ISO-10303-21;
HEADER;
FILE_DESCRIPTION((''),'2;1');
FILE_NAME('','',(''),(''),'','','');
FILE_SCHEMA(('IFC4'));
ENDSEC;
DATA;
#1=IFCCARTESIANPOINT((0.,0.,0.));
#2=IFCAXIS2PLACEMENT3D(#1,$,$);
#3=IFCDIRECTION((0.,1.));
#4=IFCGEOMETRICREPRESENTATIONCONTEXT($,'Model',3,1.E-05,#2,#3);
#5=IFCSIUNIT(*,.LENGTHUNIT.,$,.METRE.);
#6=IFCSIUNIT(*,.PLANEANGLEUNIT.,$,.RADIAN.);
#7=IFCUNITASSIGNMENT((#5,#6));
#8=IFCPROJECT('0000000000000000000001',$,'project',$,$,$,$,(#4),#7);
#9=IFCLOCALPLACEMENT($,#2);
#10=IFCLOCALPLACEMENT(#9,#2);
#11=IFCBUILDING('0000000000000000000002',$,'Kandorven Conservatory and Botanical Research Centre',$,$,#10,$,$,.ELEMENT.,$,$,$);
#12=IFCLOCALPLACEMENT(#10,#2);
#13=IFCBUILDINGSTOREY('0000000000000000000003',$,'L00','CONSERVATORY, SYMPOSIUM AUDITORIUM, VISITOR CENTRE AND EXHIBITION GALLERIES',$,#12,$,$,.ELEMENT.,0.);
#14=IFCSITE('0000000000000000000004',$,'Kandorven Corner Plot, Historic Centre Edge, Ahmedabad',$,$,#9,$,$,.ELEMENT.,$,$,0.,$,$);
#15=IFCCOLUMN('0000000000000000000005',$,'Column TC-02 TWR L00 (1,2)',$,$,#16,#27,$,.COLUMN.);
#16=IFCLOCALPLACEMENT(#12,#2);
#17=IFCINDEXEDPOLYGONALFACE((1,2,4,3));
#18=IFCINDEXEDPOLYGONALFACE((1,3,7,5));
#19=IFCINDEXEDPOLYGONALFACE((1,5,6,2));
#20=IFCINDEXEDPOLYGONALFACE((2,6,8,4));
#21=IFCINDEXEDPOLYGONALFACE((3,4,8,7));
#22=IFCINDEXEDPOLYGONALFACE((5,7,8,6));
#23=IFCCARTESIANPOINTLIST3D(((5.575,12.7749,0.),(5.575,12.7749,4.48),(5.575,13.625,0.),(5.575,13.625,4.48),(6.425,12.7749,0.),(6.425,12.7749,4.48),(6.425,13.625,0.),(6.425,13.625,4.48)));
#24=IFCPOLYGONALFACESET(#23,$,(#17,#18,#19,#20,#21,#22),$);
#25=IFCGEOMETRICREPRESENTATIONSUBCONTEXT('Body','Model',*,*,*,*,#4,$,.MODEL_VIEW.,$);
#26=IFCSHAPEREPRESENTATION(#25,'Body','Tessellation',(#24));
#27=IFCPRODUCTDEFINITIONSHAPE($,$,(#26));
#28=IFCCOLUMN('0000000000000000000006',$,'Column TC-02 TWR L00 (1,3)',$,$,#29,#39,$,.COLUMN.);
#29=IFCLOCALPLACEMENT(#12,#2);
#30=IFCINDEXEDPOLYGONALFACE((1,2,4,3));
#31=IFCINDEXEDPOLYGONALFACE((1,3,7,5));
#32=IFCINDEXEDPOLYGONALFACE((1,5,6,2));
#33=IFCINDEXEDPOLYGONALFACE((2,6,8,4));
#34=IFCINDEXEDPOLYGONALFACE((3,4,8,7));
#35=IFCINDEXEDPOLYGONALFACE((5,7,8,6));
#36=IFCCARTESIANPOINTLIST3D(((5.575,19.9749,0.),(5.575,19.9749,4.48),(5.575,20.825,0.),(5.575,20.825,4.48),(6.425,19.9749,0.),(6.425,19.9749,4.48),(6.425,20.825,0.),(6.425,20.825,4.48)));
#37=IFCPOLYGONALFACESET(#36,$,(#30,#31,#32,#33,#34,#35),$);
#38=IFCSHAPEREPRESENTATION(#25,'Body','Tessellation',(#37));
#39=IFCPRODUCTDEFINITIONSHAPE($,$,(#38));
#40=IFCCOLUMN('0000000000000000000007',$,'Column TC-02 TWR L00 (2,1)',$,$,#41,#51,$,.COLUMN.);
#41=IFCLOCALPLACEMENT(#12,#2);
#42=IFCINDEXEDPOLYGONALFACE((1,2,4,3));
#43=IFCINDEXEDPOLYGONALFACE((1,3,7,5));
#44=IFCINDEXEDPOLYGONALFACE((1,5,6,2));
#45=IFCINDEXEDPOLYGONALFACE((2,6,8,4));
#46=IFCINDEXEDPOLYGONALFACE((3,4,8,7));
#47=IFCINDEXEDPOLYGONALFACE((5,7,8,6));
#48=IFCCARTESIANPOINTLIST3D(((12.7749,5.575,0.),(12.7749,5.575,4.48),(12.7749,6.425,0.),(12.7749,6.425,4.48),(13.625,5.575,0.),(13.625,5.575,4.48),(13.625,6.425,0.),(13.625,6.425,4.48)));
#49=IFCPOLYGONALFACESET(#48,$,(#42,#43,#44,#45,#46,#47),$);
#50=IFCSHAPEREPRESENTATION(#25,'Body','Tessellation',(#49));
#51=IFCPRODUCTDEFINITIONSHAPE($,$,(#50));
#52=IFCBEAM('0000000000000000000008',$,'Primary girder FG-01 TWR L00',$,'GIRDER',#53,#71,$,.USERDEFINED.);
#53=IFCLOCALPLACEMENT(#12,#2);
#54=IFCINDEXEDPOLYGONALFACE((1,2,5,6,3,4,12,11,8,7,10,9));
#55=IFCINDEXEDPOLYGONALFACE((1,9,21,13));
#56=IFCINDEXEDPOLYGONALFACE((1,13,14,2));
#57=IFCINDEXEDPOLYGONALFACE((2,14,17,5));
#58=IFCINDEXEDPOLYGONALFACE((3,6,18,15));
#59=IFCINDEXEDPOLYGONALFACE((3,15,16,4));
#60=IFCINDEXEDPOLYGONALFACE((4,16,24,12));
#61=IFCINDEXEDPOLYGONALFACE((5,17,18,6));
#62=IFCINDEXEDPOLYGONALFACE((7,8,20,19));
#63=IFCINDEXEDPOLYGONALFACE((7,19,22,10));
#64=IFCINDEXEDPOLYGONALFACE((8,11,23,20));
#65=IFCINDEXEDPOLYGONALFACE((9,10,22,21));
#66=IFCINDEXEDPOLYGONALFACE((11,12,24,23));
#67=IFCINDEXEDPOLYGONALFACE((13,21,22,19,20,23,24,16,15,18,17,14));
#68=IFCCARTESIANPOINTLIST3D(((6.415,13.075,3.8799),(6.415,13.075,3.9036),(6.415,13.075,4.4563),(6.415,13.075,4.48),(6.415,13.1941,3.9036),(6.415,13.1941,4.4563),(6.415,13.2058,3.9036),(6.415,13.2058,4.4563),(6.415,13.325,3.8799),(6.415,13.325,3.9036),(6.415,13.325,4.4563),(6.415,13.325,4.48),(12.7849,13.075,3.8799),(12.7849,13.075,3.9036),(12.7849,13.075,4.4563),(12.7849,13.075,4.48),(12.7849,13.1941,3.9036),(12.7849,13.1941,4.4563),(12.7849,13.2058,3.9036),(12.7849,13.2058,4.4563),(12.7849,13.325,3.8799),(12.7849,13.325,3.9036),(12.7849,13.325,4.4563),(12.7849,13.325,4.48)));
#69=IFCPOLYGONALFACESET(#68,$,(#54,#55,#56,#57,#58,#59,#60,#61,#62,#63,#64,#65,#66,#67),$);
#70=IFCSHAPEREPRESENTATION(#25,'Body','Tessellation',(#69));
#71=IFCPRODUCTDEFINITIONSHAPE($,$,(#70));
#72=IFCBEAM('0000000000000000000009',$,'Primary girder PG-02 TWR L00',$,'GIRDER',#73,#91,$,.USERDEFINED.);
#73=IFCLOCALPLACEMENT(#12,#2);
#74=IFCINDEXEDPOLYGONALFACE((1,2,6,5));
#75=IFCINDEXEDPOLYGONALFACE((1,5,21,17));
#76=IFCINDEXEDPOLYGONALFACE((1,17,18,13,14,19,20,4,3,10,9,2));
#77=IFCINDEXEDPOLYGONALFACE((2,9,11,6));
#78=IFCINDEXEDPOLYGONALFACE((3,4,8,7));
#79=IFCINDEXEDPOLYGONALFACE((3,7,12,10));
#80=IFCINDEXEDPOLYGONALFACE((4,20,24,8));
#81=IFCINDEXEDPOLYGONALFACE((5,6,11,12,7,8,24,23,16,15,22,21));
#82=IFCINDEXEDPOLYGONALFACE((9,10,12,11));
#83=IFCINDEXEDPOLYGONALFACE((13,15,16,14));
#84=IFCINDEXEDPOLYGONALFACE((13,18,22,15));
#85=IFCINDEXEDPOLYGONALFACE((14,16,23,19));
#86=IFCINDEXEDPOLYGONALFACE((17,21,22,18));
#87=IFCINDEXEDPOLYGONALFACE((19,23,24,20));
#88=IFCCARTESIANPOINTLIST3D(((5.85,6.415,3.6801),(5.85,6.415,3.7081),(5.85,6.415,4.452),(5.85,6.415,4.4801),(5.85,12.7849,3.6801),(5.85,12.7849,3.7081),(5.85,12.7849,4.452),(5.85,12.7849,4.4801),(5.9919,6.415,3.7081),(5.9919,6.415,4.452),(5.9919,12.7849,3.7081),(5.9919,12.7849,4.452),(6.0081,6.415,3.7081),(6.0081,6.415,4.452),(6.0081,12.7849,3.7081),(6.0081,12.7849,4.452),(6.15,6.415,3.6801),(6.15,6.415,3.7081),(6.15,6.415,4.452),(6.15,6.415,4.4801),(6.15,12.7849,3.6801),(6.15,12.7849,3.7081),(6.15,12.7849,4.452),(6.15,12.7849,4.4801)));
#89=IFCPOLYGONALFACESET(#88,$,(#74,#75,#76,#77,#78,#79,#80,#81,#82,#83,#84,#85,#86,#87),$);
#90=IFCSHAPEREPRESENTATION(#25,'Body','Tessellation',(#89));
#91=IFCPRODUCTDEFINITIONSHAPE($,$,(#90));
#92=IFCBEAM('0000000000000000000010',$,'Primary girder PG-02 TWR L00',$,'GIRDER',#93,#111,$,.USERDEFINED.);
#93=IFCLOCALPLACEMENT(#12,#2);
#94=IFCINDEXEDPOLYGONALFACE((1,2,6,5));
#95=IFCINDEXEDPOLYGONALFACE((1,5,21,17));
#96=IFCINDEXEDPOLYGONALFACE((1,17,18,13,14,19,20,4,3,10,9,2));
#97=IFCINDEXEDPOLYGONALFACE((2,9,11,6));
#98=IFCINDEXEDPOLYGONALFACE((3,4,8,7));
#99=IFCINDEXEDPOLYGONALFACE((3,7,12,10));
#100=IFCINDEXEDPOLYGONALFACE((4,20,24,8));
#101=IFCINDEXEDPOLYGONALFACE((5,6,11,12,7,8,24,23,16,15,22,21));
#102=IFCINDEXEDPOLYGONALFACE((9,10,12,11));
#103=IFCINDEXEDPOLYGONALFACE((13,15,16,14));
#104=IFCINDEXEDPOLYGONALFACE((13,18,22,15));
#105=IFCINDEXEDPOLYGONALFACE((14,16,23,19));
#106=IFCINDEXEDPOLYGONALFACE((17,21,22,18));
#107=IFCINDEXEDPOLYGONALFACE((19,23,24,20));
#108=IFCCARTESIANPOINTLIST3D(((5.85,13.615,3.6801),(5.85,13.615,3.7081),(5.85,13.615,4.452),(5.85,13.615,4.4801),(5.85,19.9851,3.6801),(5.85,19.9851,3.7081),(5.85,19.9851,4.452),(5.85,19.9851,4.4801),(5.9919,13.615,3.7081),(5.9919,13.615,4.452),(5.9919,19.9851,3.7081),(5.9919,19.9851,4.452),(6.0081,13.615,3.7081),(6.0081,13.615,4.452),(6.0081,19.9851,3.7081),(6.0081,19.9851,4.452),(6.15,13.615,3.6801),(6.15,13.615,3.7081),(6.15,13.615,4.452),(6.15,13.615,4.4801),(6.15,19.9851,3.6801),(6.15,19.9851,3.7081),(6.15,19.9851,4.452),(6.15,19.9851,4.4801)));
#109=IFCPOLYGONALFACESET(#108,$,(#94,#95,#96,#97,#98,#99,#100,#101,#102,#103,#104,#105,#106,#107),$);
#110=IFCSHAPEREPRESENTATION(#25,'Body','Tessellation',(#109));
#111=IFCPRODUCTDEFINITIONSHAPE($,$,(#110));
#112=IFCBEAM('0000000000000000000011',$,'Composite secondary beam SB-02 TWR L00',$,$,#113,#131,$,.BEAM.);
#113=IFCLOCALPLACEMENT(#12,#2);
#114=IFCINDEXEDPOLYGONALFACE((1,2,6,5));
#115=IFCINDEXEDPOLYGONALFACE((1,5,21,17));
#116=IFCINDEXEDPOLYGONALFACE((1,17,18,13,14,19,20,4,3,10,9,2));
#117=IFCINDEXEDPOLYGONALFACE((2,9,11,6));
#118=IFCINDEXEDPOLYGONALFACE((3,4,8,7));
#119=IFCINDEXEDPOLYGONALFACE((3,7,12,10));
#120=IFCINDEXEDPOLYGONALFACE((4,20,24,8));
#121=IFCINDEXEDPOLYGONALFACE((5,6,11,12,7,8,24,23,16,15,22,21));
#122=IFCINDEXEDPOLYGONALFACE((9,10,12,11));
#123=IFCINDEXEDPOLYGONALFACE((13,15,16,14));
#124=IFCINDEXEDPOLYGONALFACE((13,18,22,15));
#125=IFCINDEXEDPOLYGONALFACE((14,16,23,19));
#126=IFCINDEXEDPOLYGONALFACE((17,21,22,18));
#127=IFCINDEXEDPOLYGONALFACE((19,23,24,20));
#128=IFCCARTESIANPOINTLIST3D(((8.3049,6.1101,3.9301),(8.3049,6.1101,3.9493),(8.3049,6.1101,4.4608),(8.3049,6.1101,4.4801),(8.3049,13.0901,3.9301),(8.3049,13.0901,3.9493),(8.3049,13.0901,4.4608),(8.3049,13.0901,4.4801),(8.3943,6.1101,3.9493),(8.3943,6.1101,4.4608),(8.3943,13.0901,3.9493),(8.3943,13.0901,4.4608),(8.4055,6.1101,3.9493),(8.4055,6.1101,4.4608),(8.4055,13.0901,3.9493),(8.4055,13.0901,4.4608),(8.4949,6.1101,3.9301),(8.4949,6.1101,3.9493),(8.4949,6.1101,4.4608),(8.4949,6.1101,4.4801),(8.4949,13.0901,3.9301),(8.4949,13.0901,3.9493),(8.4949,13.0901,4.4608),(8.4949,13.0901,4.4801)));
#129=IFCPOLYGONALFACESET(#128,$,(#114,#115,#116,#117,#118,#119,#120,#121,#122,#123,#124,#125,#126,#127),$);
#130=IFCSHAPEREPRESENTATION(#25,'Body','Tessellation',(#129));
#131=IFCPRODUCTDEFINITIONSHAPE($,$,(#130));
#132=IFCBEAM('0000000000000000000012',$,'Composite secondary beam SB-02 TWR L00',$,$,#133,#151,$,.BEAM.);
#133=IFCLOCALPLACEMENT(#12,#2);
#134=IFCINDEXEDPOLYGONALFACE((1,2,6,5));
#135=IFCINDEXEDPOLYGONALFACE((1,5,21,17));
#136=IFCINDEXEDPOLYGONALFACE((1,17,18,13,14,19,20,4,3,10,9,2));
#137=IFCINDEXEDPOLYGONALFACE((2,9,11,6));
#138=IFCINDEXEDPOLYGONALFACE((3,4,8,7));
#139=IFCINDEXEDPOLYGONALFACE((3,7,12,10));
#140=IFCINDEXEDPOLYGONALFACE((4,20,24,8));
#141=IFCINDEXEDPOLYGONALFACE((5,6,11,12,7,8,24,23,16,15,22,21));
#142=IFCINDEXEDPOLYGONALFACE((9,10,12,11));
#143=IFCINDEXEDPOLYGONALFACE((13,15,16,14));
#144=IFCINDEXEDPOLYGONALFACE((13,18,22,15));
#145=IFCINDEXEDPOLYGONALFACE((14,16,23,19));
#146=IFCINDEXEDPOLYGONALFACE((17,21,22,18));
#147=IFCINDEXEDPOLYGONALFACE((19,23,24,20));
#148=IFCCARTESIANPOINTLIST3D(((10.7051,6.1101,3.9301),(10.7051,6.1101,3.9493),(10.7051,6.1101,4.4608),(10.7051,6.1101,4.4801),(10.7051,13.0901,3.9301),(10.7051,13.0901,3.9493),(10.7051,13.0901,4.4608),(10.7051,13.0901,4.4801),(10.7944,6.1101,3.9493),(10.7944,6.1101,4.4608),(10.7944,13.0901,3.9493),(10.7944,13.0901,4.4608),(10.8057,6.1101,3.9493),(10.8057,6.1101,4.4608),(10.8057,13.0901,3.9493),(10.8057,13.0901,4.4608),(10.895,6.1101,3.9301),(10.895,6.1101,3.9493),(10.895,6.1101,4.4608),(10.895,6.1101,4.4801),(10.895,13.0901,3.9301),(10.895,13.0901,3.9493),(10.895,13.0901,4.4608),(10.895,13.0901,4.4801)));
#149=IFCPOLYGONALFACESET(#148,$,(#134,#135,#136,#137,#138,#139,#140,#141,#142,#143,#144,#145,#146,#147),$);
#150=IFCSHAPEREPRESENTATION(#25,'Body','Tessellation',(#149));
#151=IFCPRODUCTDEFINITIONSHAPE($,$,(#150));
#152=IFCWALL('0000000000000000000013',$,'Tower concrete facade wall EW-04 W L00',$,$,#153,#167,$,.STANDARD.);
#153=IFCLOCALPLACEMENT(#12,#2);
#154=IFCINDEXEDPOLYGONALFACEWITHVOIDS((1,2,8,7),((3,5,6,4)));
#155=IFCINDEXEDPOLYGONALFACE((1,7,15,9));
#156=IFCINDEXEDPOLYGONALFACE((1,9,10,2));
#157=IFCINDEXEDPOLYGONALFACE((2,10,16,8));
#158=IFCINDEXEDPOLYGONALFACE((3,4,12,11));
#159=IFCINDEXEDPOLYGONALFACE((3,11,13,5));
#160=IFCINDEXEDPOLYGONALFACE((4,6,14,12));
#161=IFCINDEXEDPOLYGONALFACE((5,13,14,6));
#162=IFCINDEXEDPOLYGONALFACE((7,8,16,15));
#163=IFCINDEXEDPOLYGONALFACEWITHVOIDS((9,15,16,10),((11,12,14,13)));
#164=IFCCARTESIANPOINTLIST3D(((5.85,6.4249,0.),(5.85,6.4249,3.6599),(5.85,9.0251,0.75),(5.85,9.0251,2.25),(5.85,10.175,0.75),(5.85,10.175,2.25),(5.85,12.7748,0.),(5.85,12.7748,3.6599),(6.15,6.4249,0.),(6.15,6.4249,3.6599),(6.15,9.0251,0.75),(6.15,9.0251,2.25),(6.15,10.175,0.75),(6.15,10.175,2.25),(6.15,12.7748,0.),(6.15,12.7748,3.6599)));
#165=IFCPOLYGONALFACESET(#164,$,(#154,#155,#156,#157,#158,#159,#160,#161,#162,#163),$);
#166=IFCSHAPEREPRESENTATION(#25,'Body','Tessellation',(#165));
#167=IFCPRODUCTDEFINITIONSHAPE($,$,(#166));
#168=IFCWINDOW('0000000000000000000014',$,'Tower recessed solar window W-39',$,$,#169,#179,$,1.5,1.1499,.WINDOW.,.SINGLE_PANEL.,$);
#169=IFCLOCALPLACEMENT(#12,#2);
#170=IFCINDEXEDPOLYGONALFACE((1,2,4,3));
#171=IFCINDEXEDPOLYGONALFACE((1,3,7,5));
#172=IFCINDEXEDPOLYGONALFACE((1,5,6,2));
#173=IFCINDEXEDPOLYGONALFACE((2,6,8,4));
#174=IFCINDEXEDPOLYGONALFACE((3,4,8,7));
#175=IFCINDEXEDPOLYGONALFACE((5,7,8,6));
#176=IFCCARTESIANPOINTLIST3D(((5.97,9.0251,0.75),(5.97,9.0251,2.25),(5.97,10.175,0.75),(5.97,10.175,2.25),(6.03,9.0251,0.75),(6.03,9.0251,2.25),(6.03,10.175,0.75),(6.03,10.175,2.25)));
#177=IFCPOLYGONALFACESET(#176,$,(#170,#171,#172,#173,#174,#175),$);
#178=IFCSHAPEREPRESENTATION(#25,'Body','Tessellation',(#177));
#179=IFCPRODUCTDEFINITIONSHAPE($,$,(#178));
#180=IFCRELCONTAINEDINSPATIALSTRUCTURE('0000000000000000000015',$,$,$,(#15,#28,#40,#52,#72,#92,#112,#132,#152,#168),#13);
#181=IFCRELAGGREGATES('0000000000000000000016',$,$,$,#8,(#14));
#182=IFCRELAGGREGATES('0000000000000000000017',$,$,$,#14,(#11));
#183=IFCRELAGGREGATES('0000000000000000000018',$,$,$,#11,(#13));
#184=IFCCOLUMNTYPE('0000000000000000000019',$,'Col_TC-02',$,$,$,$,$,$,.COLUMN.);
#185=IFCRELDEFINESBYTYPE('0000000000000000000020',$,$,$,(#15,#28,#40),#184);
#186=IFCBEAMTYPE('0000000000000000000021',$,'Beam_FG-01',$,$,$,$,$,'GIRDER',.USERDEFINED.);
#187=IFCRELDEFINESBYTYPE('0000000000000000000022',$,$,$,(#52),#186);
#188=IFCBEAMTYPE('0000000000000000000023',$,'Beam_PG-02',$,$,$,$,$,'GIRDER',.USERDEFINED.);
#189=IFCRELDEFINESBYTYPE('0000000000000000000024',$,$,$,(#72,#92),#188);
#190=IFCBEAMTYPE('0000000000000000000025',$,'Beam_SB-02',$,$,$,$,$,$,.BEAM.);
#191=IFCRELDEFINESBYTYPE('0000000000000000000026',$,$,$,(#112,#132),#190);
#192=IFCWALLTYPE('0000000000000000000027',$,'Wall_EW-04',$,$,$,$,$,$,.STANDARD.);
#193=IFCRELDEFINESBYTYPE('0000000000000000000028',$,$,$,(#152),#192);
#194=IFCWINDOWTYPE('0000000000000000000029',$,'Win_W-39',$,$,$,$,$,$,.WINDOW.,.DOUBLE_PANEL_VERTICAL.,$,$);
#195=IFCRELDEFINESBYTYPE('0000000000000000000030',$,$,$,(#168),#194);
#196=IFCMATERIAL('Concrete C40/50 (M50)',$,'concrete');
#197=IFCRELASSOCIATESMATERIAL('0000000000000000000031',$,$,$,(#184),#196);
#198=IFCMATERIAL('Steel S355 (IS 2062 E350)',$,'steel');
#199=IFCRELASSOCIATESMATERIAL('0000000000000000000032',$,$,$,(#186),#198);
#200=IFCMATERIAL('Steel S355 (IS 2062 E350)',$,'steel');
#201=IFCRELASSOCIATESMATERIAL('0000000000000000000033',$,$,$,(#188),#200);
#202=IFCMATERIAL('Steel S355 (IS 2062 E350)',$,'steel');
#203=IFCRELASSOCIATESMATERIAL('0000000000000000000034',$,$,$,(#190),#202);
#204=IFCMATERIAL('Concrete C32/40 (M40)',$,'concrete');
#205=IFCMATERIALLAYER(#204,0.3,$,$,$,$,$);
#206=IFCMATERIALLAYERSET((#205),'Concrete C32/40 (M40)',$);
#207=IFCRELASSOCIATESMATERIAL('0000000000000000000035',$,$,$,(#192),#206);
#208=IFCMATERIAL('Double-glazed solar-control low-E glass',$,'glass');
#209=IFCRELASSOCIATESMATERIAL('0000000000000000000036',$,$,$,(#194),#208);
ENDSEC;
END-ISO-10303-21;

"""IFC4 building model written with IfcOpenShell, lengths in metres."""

from ifc_helpers import new_model, si_unit, direction, frame, frame_2d, origin, origin_2d, place, context, subcontext, project, spatial, rectangle, i_section, extrude, material, layer, layer_set, material_profile, profile_set, type_object, element, fill, save


model = new_model("IFC4")

# Units and contexts
model_context = context("Model", 3, precision=1e-05, world=origin(), true_north=direction((0.0, 1.0)))
body_context = subcontext(model_context, "Body", "Model", "MODEL_VIEW")
ifc_project = project(units=[si_unit("LENGTHUNIT", "METRE"), si_unit("PLANEANGLEUNIT", "RADIAN")], contexts=[model_context])

# Site, building, storey
site_placement = place(None, origin())
site = spatial("IfcSite", under=ifc_project, at=site_placement, Name="Kandorven Corner Plot, Historic Centre Edge, Ahmedabad", CompositionType="ELEMENT", RefElevation=0.0)
building_placement = place(site_placement, origin())
building = spatial("IfcBuilding", under=site, at=building_placement, Name="Kandorven Conservatory and Botanical Research Centre", CompositionType="ELEMENT")
storey_placement = place(building_placement, origin())
storey = spatial("IfcBuildingStorey", under=building, at=storey_placement, Name="L00", Description="CONSERVATORY, SYMPOSIUM AUDITORIUM, VISITOR CENTRE AND EXHIBITION GALLERIES", CompositionType="ELEMENT", Elevation=0.0)

# Columns
ifc_material_1 = material(Name="Concrete C40/50 (M50)", Category="concrete")
ifc_material_profile_1 = material_profile(ifc_material_1, rectangle(XDim=0.8501, YDim=0.8501, at=origin_2d()))
ifc_profile_set_1 = profile_set([ifc_material_profile_1], Name="Concrete C40/50 (M50)")
column_type = type_object("IfcColumnType", Name="Col_TC-02", PredefinedType="COLUMN", material=ifc_profile_set_1)
for number, where, z_axis, x_axis, name in (
    (1, (6.0, 13.2, 0.0), (0.0, 0.0, 1.0), (1.0, 0.0, 0.0), "Column TC-02 TWR L00 (1,2)"),
    (2, (6.0, 20.3999, 0.0), (0.0, 0.0, 1.0), (1.0, 0.0, 0.0), "Column TC-02 TWR L00 (1,3)"),
    (3, (13.2, 6.0, 0.0), (0.0, 0.0, 1.0), (1.0, 0.0, 0.0), "Column TC-02 TWR L00 (2,1)"),
):
    element("IfcColumn", number, at=place(storey_placement, frame(where, z_axis=z_axis, x_axis=x_axis)), inside=storey, type_object=column_type, Name=name, PredefinedType="COLUMN", context=body_context, shape_type="SweptSolid", body=[
        extrude(rectangle(XDim=0.8501, YDim=0.8501, at=origin_2d()), origin(), (0.0, 0.0, 1.0), 4.48),
    ])

# Beams
ifc_material_2 = material(Name="Steel S355 (IS 2062 E350)", Category="steel")
ifc_material_profile_2 = material_profile(ifc_material_2, i_section(OverallWidth=0.25, OverallDepth=0.6001, WebThickness=0.0117, FlangeThickness=0.0237, at=origin_2d()))
ifc_profile_set_2 = profile_set([ifc_material_profile_2], Name="Steel S355 (IS 2062 E350)")
beam_type_1 = type_object("IfcBeamType", Name="Beam_FG-01", ElementType="GIRDER", PredefinedType="USERDEFINED", material=ifc_profile_set_2)
beam_1_placement = place(storey_placement, frame((6.415, 13.2, 4.1799), z_axis=(1.0, 0.0, 0.0), x_axis=(0.0, 1.0, 0.0)))
element("IfcBeam", 4, at=beam_1_placement, inside=storey, type_object=beam_type_1, Name="Primary girder FG-01 TWR L00", ObjectType="GIRDER", PredefinedType="USERDEFINED", context=body_context, shape_type="SweptSolid", body=[
    extrude(i_section(OverallWidth=0.25, OverallDepth=0.6001, WebThickness=0.0117, FlangeThickness=0.0237, at=origin_2d()), origin(), (0.0, 0.0, 1.0), 6.3699),
])
ifc_material_3 = material(Name="Steel S355 (IS 2062 E350)", Category="steel")
ifc_material_profile_3 = material_profile(ifc_material_3, i_section(OverallWidth=0.3, OverallDepth=0.8, WebThickness=0.0161, FlangeThickness=0.0281, at=origin_2d()))
ifc_profile_set_3 = profile_set([ifc_material_profile_3], Name="Steel S355 (IS 2062 E350)")
beam_type_2 = type_object("IfcBeamType", Name="Beam_PG-02", ElementType="GIRDER", PredefinedType="USERDEFINED", material=ifc_profile_set_3)
beam_2_placement = place(storey_placement, frame((6.0, 6.415, 4.0801), z_axis=(0.0, 1.0, 0.0), x_axis=(-1.0, 0.0, 0.0)))
element("IfcBeam", 5, at=beam_2_placement, inside=storey, type_object=beam_type_2, Name="Primary girder PG-02 TWR L00", ObjectType="GIRDER", PredefinedType="USERDEFINED", context=body_context, shape_type="SweptSolid", body=[
    extrude(i_section(OverallWidth=0.3, OverallDepth=0.8, WebThickness=0.0161, FlangeThickness=0.0281, at=origin_2d()), origin(), (0.0, 0.0, 1.0), 6.3699),
])
beam_3_placement = place(storey_placement, frame((6.0, 13.615, 4.0801), z_axis=(0.0, 1.0, 0.0), x_axis=(-1.0, 0.0, 0.0)))
element("IfcBeam", 6, at=beam_3_placement, inside=storey, type_object=beam_type_2, Name="Primary girder PG-02 TWR L00", ObjectType="GIRDER", PredefinedType="USERDEFINED", context=body_context, shape_type="SweptSolid", body=[
    extrude(i_section(OverallWidth=0.3, OverallDepth=0.8, WebThickness=0.0161, FlangeThickness=0.0281, at=origin_2d()), origin(), (0.0, 0.0, 1.0), 6.3701),
])
ifc_material_4 = material(Name="Steel S355 (IS 2062 E350)", Category="steel")
ifc_material_profile_4 = material_profile(ifc_material_4, i_section(OverallWidth=0.1899, OverallDepth=0.55, WebThickness=0.0112, FlangeThickness=0.0193, at=origin_2d()))
ifc_profile_set_4 = profile_set([ifc_material_profile_4], Name="Steel S355 (IS 2062 E350)")
beam_type_3 = type_object("IfcBeamType", Name="Beam_SB-02", PredefinedType="BEAM", material=ifc_profile_set_4)
for number, where, z_axis, x_axis, name in (
    (7, (8.3999, 6.1101, 4.2051), (0.0, 1.0, 0.0), (-1.0, 0.0, 0.0), "Composite secondary beam SB-02 TWR L00"),
    (8, (10.8, 6.1101, 4.2051), (0.0, 1.0, 0.0), (-1.0, 0.0, 0.0), "Composite secondary beam SB-02 TWR L00"),
):
    element("IfcBeam", number, at=place(storey_placement, frame(where, z_axis=z_axis, x_axis=x_axis)), inside=storey, type_object=beam_type_3, Name=name, PredefinedType="BEAM", context=body_context, shape_type="SweptSolid", body=[
        extrude(i_section(OverallWidth=0.1899, OverallDepth=0.55, WebThickness=0.0112, FlangeThickness=0.0193, at=origin_2d()), origin(), (0.0, 0.0, 1.0), 6.98),
    ])

# Wall, opening, window
ifc_material_5 = material(Name="Concrete C32/40 (M40)", Category="concrete")
ifc_layer_1 = layer(ifc_material_5, 0.3)
ifc_layer_set_1 = layer_set([ifc_layer_1], Name="Concrete C32/40 (M40)")
wall_type_1 = type_object("IfcWallType", Name="Wall_EW-04", PredefinedType="STANDARD", material=ifc_layer_set_1)
wall_1_placement = place(storey_placement, frame((6.0, 6.425, 0.0), z_axis=(0.0, 0.0, 1.0), x_axis=(0.0, 1.0, 0.0)))
wall_1 = element("IfcWall", 9, at=wall_1_placement, inside=storey, type_object=wall_type_1, Name="Tower concrete facade wall EW-04 W L00", PredefinedType="STANDARD", context=body_context, shape_type="SweptSolid", body=[
    extrude(rectangle(XDim=6.3499, YDim=0.3, at=frame_2d((3.1748, 0.0))), origin(), (0.0, 0.0, 1.0), 3.6599),
])
opening_1_placement = place(wall_1_placement, frame((2.6001, 0.0, 0.75)))
opening_1 = element("IfcOpeningElement", 10, at=opening_1_placement, cuts=wall_1, PredefinedType="OPENING", context=body_context, shape_type="SweptSolid", body=[
    extrude(rectangle(XDim=1.1499, YDim=1.5, at=frame_2d((0.575, 0.75))), frame((0.0, 0.1599, 0.0), z_axis=(0.0, -1.0, 0.0), x_axis=(1.0, 0.0, 0.0)), (0.0, 0.0, 1.0), 0.3201),
])
ifc_material_6 = material(Name="Double-glazed solar-control low-E glass", Category="glass")
window_type = type_object("IfcWindowType", Name="Win_W-39", PartitioningType="DOUBLE_PANEL_VERTICAL", PredefinedType="WINDOW", material=ifc_material_6)
window_placement = place(opening_1_placement, origin())
window = element("IfcWindow", 11, at=window_placement, inside=storey, type_object=window_type, Name="Tower recessed solar window W-39", OverallHeight=1.5, OverallWidth=1.1499, PartitioningType="SINGLE_PANEL", PredefinedType="WINDOW", context=body_context, shape_type="SweptSolid", body=[
    extrude(rectangle(XDim=1.1499, YDim=1.5, at=frame_2d((0.575, 0.75))), frame((0.0, 0.03, 0.0), z_axis=(0.0, -1.0, 0.0), x_axis=(1.0, 0.0, 0.0)), (0.0, 0.0, 1.0), 0.0601),
])
fill(opening_1, window)

save(model, "model.ifc")
